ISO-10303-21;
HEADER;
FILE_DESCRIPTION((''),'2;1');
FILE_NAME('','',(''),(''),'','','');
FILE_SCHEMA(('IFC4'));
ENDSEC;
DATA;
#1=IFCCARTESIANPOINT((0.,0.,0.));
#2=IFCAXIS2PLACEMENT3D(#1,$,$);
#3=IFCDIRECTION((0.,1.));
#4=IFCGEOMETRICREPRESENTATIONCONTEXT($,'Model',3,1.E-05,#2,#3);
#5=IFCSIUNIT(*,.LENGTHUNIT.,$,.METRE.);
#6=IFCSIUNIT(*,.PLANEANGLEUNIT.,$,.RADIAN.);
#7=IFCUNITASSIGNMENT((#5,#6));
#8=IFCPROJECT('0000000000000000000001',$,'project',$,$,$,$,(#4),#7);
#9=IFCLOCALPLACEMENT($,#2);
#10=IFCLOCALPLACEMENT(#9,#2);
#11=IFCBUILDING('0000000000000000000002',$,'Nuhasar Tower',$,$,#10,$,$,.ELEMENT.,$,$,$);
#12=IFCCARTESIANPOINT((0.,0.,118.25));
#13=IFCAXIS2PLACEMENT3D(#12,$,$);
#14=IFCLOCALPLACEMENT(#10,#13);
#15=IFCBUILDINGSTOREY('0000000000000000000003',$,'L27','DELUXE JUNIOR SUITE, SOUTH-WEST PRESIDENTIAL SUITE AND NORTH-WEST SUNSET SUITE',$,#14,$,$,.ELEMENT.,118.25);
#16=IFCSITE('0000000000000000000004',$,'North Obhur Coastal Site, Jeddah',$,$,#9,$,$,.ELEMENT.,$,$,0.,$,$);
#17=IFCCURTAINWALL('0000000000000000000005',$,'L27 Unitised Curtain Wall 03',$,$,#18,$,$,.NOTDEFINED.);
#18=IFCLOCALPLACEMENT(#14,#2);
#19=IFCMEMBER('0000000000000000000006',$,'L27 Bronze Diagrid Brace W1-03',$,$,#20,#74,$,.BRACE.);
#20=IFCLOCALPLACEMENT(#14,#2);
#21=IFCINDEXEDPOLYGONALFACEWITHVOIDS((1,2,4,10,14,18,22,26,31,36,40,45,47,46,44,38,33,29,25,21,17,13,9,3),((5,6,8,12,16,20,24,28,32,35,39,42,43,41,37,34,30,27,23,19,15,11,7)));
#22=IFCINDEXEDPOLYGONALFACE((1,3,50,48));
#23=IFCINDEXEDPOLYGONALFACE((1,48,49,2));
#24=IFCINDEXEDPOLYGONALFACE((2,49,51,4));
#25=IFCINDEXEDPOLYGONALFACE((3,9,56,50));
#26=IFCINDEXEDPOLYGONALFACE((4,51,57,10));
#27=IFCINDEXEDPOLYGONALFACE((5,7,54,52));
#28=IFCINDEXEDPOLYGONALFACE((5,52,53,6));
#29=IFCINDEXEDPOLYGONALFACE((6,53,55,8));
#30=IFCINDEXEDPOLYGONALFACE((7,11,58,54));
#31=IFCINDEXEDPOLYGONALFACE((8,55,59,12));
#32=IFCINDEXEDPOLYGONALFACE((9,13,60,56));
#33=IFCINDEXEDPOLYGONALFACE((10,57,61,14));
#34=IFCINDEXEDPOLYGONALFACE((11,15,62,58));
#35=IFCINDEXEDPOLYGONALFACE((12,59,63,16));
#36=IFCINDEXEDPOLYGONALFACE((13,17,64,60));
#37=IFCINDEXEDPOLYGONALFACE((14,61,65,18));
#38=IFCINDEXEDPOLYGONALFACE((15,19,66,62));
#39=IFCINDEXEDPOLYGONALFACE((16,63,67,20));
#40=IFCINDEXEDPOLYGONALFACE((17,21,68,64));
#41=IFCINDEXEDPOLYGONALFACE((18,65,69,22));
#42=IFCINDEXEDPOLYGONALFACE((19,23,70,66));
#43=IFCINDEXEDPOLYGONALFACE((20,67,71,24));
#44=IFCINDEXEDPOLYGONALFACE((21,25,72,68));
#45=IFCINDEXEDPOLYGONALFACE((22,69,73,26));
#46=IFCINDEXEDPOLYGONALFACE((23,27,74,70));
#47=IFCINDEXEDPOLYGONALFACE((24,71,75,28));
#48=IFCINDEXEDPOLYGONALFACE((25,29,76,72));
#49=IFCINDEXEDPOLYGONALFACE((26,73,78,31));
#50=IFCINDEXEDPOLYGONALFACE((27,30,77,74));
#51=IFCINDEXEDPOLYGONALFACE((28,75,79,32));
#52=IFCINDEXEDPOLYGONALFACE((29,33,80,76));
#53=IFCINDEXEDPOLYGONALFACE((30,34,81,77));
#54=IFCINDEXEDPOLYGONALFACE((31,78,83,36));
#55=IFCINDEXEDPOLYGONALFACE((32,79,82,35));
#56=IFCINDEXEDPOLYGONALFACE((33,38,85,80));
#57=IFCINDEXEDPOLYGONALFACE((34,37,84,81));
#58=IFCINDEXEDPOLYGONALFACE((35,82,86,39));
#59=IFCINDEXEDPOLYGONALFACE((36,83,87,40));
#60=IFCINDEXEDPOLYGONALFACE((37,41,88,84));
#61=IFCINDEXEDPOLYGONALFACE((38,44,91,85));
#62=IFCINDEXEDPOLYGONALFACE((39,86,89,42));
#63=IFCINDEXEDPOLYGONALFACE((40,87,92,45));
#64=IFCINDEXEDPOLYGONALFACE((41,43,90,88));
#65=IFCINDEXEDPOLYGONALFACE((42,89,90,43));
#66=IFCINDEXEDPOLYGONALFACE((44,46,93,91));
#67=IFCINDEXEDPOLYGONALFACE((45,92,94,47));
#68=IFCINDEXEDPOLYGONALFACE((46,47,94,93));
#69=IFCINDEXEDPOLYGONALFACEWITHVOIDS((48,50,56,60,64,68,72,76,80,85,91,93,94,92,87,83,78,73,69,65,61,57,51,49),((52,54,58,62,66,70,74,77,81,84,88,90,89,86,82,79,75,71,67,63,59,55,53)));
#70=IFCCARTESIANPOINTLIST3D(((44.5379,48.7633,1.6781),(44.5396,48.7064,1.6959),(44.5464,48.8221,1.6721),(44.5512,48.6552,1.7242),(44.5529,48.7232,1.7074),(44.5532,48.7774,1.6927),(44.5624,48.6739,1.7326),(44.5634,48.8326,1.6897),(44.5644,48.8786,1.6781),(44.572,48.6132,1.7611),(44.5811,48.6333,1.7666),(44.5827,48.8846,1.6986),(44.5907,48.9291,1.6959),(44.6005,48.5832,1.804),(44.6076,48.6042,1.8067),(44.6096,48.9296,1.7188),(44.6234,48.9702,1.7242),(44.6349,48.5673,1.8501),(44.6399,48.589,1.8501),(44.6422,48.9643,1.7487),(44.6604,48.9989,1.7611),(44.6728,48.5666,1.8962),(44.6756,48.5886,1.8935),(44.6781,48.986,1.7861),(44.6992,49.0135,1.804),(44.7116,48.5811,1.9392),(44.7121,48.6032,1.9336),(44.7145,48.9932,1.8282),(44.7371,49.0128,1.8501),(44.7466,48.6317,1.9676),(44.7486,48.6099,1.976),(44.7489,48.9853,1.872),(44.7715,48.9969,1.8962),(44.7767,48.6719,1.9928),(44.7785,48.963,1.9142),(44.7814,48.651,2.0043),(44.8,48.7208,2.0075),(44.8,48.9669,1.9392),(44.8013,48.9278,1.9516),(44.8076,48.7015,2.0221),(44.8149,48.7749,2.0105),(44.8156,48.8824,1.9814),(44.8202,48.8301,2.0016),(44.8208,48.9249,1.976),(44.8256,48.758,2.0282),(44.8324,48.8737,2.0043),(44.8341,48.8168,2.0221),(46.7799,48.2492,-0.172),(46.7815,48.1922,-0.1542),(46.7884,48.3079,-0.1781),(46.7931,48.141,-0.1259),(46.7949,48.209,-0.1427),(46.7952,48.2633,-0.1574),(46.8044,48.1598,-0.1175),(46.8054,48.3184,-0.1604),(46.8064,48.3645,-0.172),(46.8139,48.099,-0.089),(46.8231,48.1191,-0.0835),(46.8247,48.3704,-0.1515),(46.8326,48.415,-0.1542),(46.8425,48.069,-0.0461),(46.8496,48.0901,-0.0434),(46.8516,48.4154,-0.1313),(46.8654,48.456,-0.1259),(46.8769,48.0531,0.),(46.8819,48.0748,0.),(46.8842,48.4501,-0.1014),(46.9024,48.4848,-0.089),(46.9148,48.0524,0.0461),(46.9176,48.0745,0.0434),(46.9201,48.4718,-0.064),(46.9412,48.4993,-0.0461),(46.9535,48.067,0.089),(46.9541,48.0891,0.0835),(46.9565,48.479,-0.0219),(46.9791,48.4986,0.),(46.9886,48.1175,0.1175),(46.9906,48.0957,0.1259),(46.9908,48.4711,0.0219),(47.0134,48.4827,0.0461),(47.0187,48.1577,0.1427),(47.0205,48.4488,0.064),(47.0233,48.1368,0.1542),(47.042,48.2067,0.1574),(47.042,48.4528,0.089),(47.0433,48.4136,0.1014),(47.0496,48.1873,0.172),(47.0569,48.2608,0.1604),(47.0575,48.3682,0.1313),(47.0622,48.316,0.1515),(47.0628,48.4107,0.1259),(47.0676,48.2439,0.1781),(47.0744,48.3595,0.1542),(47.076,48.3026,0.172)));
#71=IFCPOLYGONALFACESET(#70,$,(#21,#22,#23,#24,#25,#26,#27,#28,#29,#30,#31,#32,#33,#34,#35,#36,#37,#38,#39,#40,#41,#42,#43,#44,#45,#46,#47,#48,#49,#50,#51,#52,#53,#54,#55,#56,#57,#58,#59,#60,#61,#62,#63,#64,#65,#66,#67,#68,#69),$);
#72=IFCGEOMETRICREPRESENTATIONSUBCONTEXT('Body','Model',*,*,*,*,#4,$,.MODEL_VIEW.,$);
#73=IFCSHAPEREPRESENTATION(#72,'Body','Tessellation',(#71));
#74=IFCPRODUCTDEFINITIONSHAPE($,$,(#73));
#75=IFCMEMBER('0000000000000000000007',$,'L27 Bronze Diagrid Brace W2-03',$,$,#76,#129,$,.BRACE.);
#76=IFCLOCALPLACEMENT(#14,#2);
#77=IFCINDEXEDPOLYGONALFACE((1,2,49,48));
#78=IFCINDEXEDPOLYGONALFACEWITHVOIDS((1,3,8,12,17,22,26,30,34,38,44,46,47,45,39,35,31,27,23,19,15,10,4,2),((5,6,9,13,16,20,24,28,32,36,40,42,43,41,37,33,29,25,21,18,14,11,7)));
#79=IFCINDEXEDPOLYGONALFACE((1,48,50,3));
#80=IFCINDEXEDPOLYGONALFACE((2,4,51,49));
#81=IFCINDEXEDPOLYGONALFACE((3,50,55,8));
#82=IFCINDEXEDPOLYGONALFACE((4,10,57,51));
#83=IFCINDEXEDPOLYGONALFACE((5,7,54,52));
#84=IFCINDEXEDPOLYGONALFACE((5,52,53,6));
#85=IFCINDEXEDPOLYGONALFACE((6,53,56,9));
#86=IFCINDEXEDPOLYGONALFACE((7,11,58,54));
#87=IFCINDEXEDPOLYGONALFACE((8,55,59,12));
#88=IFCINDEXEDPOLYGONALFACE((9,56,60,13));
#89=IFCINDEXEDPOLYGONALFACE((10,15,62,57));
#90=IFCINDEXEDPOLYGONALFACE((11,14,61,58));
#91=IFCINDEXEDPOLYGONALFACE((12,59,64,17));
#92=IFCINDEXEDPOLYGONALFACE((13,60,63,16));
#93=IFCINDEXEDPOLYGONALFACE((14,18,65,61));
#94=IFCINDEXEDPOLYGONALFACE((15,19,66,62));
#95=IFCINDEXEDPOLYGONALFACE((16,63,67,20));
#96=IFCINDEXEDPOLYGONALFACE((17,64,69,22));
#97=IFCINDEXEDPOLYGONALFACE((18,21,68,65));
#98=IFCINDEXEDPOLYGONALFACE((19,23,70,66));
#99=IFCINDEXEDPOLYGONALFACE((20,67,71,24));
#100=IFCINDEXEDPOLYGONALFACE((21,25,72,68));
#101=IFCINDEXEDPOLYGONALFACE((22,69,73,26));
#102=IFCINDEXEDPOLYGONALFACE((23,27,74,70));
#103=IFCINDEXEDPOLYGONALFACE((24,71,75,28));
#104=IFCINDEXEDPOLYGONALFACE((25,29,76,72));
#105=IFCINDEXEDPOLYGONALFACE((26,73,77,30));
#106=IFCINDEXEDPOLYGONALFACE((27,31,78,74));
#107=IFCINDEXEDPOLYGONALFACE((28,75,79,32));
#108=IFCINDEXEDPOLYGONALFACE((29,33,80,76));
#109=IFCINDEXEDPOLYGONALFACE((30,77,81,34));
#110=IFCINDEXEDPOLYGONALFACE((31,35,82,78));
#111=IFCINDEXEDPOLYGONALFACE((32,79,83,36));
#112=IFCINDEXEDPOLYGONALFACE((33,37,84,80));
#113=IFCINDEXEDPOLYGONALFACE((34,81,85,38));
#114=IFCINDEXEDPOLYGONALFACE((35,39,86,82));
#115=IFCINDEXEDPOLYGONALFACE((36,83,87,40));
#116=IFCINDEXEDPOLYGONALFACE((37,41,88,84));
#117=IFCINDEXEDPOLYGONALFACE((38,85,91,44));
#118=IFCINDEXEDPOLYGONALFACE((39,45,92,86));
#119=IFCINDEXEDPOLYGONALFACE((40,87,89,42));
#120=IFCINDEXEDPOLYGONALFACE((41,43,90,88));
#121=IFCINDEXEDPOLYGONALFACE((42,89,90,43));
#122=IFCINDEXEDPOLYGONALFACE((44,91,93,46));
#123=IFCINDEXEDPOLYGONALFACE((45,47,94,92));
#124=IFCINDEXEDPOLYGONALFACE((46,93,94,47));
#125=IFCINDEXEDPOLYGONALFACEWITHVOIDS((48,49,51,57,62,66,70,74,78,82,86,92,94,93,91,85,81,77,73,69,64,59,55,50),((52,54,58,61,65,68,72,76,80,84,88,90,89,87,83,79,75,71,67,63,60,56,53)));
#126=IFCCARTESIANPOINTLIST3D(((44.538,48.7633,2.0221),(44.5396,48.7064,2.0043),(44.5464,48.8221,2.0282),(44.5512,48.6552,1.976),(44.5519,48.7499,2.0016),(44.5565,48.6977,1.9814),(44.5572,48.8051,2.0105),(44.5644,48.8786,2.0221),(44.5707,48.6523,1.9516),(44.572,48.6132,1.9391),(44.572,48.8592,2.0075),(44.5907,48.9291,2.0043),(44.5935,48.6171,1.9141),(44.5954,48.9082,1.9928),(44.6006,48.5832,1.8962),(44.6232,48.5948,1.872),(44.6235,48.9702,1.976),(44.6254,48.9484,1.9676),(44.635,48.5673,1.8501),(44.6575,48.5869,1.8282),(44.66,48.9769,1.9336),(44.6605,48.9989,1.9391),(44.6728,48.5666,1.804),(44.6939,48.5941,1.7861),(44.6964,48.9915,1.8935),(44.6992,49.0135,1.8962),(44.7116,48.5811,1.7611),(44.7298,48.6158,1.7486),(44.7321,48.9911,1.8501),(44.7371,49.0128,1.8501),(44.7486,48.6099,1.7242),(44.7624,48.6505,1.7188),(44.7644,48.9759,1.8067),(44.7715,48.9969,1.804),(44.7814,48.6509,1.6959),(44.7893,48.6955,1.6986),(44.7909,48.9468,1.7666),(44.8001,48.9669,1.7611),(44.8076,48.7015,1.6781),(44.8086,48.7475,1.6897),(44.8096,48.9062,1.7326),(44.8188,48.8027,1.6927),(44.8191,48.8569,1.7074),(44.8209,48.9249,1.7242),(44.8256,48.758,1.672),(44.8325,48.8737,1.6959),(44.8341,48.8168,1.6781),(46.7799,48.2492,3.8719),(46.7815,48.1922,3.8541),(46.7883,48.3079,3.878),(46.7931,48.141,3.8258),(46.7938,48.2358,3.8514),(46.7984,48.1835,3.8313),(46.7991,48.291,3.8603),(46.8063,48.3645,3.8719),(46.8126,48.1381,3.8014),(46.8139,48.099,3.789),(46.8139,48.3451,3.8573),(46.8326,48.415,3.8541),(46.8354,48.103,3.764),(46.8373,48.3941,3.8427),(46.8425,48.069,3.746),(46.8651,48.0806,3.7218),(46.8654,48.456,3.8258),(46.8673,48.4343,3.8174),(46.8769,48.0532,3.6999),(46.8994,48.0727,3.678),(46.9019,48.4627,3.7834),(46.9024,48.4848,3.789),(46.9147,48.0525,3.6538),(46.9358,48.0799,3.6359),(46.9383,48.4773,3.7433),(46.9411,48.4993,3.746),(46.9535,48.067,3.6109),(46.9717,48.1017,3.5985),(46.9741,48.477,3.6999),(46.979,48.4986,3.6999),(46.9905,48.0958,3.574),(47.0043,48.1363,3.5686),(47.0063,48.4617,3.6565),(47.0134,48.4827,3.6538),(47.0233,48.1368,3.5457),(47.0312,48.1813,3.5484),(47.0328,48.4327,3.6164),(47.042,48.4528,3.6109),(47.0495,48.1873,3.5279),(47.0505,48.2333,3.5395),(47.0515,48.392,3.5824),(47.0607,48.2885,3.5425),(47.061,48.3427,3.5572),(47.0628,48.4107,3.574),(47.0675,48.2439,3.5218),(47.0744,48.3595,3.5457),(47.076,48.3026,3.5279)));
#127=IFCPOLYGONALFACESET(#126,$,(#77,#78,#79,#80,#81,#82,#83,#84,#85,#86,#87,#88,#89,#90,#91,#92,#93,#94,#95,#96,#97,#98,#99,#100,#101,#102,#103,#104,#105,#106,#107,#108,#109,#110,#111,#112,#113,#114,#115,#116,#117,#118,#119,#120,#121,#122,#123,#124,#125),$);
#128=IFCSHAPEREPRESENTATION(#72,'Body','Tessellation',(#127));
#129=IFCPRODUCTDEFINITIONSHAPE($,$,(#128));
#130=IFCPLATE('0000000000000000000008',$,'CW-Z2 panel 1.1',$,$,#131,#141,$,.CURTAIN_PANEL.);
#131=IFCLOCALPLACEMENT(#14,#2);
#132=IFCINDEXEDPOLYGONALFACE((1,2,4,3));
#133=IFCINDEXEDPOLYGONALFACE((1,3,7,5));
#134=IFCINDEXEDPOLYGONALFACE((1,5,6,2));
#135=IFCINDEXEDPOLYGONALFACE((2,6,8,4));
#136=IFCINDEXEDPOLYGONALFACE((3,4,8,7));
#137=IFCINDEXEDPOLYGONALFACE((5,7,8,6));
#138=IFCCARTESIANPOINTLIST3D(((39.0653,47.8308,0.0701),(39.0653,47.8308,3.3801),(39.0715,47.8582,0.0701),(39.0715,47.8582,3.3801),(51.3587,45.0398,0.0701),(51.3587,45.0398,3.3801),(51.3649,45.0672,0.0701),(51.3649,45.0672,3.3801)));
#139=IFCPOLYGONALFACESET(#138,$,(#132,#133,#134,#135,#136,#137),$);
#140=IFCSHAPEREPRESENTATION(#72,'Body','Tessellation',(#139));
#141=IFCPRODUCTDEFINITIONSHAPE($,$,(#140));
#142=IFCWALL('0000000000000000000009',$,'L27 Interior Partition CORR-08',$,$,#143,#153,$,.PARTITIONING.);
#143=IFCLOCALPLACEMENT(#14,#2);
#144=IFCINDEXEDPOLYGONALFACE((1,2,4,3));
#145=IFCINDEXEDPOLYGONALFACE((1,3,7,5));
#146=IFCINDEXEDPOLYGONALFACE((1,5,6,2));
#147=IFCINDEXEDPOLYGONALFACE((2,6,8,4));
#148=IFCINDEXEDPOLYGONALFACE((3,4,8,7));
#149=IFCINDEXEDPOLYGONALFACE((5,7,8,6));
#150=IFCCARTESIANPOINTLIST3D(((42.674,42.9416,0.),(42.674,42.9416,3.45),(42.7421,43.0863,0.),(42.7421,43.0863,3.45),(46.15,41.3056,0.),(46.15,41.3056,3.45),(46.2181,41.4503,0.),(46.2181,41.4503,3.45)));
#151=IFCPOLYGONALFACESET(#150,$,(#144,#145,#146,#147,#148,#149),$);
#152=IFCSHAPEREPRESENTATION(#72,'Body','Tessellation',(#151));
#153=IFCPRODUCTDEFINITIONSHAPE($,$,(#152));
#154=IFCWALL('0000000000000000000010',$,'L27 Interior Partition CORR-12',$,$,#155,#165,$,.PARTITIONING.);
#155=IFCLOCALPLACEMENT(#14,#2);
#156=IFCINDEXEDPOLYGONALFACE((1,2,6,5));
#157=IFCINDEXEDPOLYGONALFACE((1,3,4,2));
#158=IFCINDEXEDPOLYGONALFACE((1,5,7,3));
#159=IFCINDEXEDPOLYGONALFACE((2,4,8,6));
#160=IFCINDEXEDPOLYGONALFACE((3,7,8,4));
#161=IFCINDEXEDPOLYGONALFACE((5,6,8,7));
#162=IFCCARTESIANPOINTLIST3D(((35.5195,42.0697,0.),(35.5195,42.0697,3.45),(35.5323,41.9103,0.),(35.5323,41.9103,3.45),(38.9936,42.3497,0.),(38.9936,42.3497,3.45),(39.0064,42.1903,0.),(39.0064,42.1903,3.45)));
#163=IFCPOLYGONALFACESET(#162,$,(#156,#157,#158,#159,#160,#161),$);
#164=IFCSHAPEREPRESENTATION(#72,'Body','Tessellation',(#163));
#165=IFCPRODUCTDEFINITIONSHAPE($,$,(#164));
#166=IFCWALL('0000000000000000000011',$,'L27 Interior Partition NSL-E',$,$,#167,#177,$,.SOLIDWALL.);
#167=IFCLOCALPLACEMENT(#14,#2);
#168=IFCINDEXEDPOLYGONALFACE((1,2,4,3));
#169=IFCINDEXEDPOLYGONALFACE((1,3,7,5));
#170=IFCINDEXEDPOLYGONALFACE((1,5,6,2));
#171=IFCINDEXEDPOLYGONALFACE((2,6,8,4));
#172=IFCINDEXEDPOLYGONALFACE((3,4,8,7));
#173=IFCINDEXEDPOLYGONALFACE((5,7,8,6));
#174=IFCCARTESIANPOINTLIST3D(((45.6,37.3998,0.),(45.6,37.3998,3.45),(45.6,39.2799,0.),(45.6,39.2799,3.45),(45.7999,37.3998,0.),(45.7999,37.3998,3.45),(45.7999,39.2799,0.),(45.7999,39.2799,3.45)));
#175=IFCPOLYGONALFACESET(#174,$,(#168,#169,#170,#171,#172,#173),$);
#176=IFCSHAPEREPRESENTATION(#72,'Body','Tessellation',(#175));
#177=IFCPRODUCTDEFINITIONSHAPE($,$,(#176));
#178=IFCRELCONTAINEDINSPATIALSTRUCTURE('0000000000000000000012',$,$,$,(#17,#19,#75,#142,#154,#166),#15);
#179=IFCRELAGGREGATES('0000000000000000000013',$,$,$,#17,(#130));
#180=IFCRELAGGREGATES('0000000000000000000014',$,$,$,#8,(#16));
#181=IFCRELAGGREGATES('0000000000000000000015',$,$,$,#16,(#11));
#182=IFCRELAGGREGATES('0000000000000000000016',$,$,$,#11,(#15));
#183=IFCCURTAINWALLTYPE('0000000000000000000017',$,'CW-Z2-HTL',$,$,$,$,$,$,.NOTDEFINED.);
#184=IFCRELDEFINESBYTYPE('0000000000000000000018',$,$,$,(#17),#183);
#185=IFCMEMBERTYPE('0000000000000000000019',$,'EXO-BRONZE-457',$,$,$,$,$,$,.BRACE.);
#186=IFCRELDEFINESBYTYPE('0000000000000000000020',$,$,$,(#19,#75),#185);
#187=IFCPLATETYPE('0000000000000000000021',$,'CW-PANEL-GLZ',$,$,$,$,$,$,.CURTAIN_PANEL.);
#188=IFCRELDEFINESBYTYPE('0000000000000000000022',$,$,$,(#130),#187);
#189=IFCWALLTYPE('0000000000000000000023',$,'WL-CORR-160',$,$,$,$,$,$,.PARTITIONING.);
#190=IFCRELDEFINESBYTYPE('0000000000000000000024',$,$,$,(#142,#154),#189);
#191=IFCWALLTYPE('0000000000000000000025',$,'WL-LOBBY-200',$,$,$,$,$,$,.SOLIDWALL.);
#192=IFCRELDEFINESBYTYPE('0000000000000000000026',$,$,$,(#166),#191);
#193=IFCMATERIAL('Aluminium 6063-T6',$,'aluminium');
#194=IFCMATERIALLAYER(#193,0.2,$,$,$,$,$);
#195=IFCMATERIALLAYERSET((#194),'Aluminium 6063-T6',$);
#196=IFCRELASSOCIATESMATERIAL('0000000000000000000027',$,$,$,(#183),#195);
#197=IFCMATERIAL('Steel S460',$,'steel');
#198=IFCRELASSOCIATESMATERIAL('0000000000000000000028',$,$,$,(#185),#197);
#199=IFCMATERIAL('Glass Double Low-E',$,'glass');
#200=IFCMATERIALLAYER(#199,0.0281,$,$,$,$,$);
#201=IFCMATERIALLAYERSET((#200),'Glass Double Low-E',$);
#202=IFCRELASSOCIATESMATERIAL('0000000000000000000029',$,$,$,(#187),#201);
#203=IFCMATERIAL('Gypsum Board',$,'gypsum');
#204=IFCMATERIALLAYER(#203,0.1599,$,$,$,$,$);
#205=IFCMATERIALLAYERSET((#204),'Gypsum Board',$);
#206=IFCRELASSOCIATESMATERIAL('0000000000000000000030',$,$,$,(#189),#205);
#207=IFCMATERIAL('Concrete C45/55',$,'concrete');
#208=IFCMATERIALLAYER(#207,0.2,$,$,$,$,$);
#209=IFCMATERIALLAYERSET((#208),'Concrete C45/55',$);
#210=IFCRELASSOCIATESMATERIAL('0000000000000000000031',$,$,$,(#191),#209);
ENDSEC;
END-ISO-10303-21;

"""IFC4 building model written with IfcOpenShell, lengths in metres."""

from ifc_helpers import new_model, si_unit, direction, frame, frame_2d, origin, origin_2d, place, context, subcontext, project, spatial, rectangle, hollow_circle, extrude, material, layer, layer_set, material_profile, profile_set, type_object, element, aggregate, save


model = new_model("IFC4")

# Units and contexts
model_context = context("Model", 3, precision=1e-05, world=origin(), true_north=direction((0.0, 1.0)))
body_context = subcontext(model_context, "Body", "Model", "MODEL_VIEW")
ifc_project = project(units=[si_unit("LENGTHUNIT", "METRE"), si_unit("PLANEANGLEUNIT", "RADIAN")], contexts=[model_context])

# Site, building, storey
site_placement = place(None, origin())
site = spatial("IfcSite", under=ifc_project, at=site_placement, Name="North Obhur Coastal Site, Jeddah", CompositionType="ELEMENT", RefElevation=0.0)
building_placement = place(site_placement, origin())
building = spatial("IfcBuilding", under=site, at=building_placement, Name="Nuhasar Tower", CompositionType="ELEMENT")
storey_placement = place(building_placement, frame((0.0, 0.0, 118.25)))
storey = spatial("IfcBuildingStorey", under=building, at=storey_placement, Name="L27", Description="DELUXE JUNIOR SUITE, SOUTH-WEST PRESIDENTIAL SUITE AND NORTH-WEST SUNSET SUITE", CompositionType="ELEMENT", Elevation=118.25)

# Curtain wall
ifc_material_1 = material(Name="Aluminium 6063-T6", Category="aluminium")
ifc_layer_1 = layer(ifc_material_1, 0.2)
ifc_layer_set_1 = layer_set([ifc_layer_1], Name="Aluminium 6063-T6")
curtain_wall_type = type_object("IfcCurtainWallType", Name="CW-Z2-HTL", PredefinedType="NOTDEFINED", material=ifc_layer_set_1)
curtain_wall_1_placement = place(storey_placement, origin())
curtain_wall_1 = element("IfcCurtainWall", 1, at=curtain_wall_1_placement, inside=storey, type_object=curtain_wall_type, Name="L27 Unitised Curtain Wall 03", PredefinedType="NOTDEFINED")

# Members
ifc_material_2 = material(Name="Steel S460", Category="steel")
ifc_material_profile_1 = material_profile(ifc_material_2, hollow_circle(Radius=0.2285, WallThickness=0.0222, at=origin_2d()), Name="HSS457X22.2")
ifc_profile_set_1 = profile_set([ifc_material_profile_1], Name="Steel S460")
member_type_1 = type_object("IfcMemberType", Name="EXO-BRONZE-457", PredefinedType="BRACE", material=ifc_profile_set_1)
member_1_placement = place(storey_placement, frame((46.928, 48.2759, 0.0), z_axis=(-0.7595, 0.174181, 0.626755), x_axis=(-0.223534, -0.974696, 0.0)))
element("IfcMember", 2, at=member_1_placement, inside=storey, type_object=member_type_1, Name="L27 Bronze Diagrid Brace W1-03", PredefinedType="BRACE", context=body_context, shape_type="SweptSolid", body=[
    extrude(hollow_circle(Radius=0.2285, WallThickness=0.0222, at=origin_2d()), origin(), (0.0, 0.0, 1.0), 2.9519),
])
member_2_placement = place(storey_placement, frame((44.686, 48.79, 1.8501), z_axis=(0.759539, -0.17419, 0.626704), x_axis=(0.223534, 0.974696, 0.0)))
element("IfcMember", 3, at=member_2_placement, inside=storey, type_object=member_type_1, Name="L27 Bronze Diagrid Brace W2-03", PredefinedType="BRACE", context=body_context, shape_type="SweptSolid", body=[
    extrude(hollow_circle(Radius=0.2285, WallThickness=0.0222, at=origin_2d()), origin(), (0.0, 0.0, 1.0), 2.9517),
])

# Plate
ifc_material_3 = material(Name="Glass Double Low-E", Category="glass")
ifc_layer_2 = layer(ifc_material_3, 0.0281)
ifc_layer_set_2 = layer_set([ifc_layer_2], Name="Glass Double Low-E")
plate_type = type_object("IfcPlateType", Name="CW-PANEL-GLZ", PredefinedType="CURTAIN_PANEL", material=ifc_layer_set_2)
plate_placement = place(storey_placement, frame((45.2151, 46.449, 0.0701), z_axis=(0.0, 0.0, 1.0), x_axis=(-0.975184, 0.221397, 0.0)))
plate = element("IfcPlate", 4, at=plate_placement, type_object=plate_type, Name="CW-Z2 panel 1.1", PredefinedType="CURTAIN_PANEL", context=body_context, shape_type="SweptSolid", body=[
    extrude(rectangle(XDim=12.6062, YDim=0.0281, at=origin_2d()), origin(), (0.0, 0.0, 1.0), 3.3101),
])
aggregate(curtain_wall_1, [plate])

# Wall
ifc_material_4 = material(Name="Gypsum Board", Category="gypsum")
ifc_layer_3 = layer(ifc_material_4, 0.1599)
ifc_layer_set_3 = layer_set([ifc_layer_3], Name="Gypsum Board")
wall_type_1 = type_object("IfcWallType", Name="WL-CORR-160", PredefinedType="PARTITIONING", material=ifc_layer_set_3)
wall_1_placement = place(storey_placement, frame((46.1841, 41.3779, 0.0), z_axis=(0.0, 0.0, 1.0), x_axis=(-0.9048, 0.425837, 0.0)))
element("IfcWall", 5, at=wall_1_placement, inside=storey, type_object=wall_type_1, Name="L27 Interior Partition CORR-08", PredefinedType="PARTITIONING", context=body_context, shape_type="SweptSolid", body=[
    extrude(rectangle(XDim=3.8418, YDim=0.1599, at=frame_2d((1.9209, 0.0))), origin(), (0.0, 0.0, 1.0), 3.45),
])

# Walls
wall_2_placement = place(storey_placement, frame((39.0, 42.27, 0.0), z_axis=(0.0, 0.0, 1.0), x_axis=(-0.996767, -0.080344, 0.0)))
element("IfcWall", 6, at=wall_2_placement, inside=storey, type_object=wall_type_1, Name="L27 Interior Partition CORR-12", PredefinedType="PARTITIONING", context=body_context, shape_type="SweptSolid", body=[
    extrude(rectangle(XDim=3.4854, YDim=0.1599, at=frame_2d((1.7427, 0.0))), origin(), (0.0, 0.0, 1.0), 3.45),
])
ifc_material_5 = material(Name="Concrete C45/55", Category="concrete")
ifc_layer_4 = layer(ifc_material_5, 0.2)
ifc_layer_set_4 = layer_set([ifc_layer_4], Name="Concrete C45/55")
wall_type_2 = type_object("IfcWallType", Name="WL-LOBBY-200", PredefinedType="SOLIDWALL", material=ifc_layer_set_4)
wall_3_placement = place(storey_placement, frame((45.7, 37.3999, 0.0), z_axis=(0.0, 0.0, 1.0), x_axis=(0.0, 1.0, 0.0)))
element("IfcWall", 7, at=wall_3_placement, inside=storey, type_object=wall_type_2, Name="L27 Interior Partition NSL-E", PredefinedType="SOLIDWALL", context=body_context, shape_type="SweptSolid", body=[
    extrude(rectangle(XDim=1.8801, YDim=0.2, at=frame_2d((0.9399, 0.0))), origin(), (0.0, 0.0, 1.0), 3.45),
])

save(model, "model.ifc")
